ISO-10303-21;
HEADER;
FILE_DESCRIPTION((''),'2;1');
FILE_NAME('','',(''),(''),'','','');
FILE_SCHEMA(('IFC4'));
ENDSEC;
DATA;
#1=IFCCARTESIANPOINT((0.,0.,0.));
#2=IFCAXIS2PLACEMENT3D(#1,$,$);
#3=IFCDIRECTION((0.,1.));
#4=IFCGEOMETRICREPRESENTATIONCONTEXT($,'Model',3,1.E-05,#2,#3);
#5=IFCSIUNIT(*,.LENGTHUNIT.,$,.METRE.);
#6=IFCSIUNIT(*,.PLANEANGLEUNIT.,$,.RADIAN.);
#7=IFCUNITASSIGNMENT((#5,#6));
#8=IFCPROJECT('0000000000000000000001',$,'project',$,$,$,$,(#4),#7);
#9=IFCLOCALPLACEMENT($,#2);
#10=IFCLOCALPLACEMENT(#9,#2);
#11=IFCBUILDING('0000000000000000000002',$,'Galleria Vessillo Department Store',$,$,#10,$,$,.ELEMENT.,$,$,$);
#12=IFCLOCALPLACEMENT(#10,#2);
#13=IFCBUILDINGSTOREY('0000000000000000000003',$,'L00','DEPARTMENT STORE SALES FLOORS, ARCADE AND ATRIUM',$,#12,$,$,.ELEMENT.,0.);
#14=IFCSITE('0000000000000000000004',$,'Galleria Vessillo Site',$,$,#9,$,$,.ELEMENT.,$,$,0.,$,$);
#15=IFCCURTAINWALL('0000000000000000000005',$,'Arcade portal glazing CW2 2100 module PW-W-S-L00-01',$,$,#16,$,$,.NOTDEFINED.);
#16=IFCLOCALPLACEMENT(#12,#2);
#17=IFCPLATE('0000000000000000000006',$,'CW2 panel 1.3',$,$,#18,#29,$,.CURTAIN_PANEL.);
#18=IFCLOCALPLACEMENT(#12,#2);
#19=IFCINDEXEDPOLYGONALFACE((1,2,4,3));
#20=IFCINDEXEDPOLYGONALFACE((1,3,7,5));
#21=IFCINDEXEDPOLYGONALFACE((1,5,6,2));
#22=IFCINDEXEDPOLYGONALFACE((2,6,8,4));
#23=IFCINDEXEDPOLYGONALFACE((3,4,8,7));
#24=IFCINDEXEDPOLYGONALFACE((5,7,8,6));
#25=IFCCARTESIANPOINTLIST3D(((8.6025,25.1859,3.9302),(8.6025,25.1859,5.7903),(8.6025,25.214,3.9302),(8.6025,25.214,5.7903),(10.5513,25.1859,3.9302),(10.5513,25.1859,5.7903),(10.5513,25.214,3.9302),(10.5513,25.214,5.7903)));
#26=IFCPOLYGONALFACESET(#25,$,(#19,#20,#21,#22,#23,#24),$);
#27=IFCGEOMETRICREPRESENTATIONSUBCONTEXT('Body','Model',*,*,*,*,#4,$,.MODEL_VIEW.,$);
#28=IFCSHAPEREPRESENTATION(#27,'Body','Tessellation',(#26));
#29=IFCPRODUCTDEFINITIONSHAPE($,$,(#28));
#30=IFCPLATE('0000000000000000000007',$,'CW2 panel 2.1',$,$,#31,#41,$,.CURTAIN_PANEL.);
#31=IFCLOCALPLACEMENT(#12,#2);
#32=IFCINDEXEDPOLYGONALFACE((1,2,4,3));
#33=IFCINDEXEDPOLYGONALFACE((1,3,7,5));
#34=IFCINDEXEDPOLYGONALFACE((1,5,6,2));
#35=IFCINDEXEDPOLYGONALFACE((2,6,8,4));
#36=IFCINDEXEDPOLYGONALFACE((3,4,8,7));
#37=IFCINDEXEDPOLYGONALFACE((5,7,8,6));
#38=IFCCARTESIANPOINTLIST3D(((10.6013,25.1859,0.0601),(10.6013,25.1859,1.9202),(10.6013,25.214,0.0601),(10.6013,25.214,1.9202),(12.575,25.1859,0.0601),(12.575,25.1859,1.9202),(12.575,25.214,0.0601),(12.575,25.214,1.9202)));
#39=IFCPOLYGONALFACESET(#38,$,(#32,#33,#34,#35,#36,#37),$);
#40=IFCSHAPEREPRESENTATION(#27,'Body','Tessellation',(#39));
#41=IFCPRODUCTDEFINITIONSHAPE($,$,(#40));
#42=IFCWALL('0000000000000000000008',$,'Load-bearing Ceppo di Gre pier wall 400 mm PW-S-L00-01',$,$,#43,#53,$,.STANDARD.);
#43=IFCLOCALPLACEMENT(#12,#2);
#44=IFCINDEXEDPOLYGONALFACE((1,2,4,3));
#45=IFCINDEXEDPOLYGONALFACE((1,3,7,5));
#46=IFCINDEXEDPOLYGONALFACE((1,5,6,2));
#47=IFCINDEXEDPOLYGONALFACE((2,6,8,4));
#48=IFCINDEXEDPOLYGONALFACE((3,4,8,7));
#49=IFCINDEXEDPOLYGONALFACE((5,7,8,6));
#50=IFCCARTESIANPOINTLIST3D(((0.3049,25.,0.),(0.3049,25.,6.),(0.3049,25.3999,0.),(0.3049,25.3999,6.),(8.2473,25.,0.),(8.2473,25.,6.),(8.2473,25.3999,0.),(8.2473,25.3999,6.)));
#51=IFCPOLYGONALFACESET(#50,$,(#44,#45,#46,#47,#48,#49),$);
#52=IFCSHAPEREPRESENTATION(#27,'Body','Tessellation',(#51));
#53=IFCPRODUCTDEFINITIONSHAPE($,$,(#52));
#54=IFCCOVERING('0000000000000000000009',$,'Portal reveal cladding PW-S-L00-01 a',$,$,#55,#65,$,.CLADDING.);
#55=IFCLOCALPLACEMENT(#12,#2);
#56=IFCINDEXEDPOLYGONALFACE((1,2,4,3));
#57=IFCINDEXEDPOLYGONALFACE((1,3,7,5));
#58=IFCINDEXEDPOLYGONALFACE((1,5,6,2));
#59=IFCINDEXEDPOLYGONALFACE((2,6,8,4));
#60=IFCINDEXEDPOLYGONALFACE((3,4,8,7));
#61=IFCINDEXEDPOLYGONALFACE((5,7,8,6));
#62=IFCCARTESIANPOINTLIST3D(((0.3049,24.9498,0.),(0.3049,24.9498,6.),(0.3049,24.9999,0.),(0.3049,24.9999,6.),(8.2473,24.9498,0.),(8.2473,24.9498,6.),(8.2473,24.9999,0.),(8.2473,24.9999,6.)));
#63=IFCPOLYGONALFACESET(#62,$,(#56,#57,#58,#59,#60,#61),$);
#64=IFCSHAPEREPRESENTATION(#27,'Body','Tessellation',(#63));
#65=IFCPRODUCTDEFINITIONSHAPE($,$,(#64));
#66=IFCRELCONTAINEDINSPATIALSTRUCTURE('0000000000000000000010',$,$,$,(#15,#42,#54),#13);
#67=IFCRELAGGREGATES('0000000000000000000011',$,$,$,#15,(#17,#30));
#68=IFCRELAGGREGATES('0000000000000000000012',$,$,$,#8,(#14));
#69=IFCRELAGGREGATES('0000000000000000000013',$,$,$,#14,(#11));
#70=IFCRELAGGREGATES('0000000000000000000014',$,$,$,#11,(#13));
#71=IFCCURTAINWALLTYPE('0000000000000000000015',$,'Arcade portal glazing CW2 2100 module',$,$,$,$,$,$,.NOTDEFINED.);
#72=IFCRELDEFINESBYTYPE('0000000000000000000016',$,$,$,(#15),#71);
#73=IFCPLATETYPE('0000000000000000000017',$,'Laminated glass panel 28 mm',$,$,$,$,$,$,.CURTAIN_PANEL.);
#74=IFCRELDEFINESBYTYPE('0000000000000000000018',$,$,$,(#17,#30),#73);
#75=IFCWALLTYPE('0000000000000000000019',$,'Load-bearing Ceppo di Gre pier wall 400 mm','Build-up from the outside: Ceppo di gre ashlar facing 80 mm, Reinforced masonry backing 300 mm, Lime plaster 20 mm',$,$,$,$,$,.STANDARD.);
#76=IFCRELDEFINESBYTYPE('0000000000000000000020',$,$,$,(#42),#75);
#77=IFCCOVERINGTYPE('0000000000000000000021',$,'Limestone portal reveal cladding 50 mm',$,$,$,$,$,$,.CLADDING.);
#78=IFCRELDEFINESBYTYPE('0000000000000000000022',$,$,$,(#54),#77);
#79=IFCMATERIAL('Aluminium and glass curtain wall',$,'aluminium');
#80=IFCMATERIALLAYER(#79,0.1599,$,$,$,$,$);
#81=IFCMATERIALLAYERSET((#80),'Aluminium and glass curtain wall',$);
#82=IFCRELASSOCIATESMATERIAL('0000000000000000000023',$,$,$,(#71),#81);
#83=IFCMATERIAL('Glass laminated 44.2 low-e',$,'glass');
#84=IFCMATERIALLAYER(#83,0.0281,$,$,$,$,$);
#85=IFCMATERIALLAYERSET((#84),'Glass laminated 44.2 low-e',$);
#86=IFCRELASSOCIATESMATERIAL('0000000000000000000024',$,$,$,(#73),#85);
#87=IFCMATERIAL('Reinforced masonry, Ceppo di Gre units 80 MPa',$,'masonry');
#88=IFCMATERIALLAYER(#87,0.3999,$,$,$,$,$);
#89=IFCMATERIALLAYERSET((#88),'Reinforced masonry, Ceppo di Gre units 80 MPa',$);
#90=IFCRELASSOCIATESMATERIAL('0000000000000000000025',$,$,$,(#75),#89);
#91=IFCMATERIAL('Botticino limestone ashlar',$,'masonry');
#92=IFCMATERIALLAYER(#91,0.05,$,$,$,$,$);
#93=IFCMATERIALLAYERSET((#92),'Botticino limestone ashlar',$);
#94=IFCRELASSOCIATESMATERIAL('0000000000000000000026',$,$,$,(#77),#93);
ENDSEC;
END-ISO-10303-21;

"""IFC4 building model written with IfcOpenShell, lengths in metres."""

from ifc_helpers import new_model, si_unit, direction, frame, frame_2d, origin, origin_2d, place, context, subcontext, project, spatial, rectangle, extrude, material, layer, layer_set, type_object, element, aggregate, save


model = new_model("IFC4")

# Units and contexts
model_context = context("Model", 3, precision=1e-05, world=origin(), true_north=direction((0.0, 1.0)))
body_context = subcontext(model_context, "Body", "Model", "MODEL_VIEW")
ifc_project = project(units=[si_unit("LENGTHUNIT", "METRE"), si_unit("PLANEANGLEUNIT", "RADIAN")], contexts=[model_context])

# Site, building, storey
site_placement = place(None, origin())
site = spatial("IfcSite", under=ifc_project, at=site_placement, Name="Galleria Vessillo Site", CompositionType="ELEMENT", RefElevation=0.0)
building_placement = place(site_placement, origin())
building = spatial("IfcBuilding", under=site, at=building_placement, Name="Galleria Vessillo Department Store", CompositionType="ELEMENT")
storey_placement = place(building_placement, origin())
storey = spatial("IfcBuildingStorey", under=building, at=storey_placement, Name="L00", Description="DEPARTMENT STORE SALES FLOORS, ARCADE AND ATRIUM", CompositionType="ELEMENT", Elevation=0.0)

# Curtain wall
ifc_material_1 = material(Name="Aluminium and glass curtain wall", Category="aluminium")
ifc_layer_1 = layer(ifc_material_1, 0.1599)
ifc_layer_set_1 = layer_set([ifc_layer_1], Name="Aluminium and glass curtain wall")
curtain_wall_type = type_object("IfcCurtainWallType", Name="Arcade portal glazing CW2 2100 module", PredefinedType="NOTDEFINED", material=ifc_layer_set_1)
curtain_wall_placement = place(storey_placement, origin())
curtain_wall = element("IfcCurtainWall", 1, at=curtain_wall_placement, inside=storey, type_object=curtain_wall_type, Name="Arcade portal glazing CW2 2100 module PW-W-S-L00-01", PredefinedType="NOTDEFINED")

# Plates
ifc_material_2 = material(Name="Glass laminated 44.2 low-e", Category="glass")
ifc_layer_2 = layer(ifc_material_2, 0.0281)
ifc_layer_set_2 = layer_set([ifc_layer_2], Name="Glass laminated 44.2 low-e")
plate_type = type_object("IfcPlateType", Name="Laminated glass panel 28 mm", PredefinedType="CURTAIN_PANEL", material=ifc_layer_set_2)
plate_1_placement = place(storey_placement, frame((9.5769, 25.2, 3.9302), z_axis=(0.0, 0.0, 1.0), x_axis=(1.0, 0.0, 0.0)))
plate_1 = element("IfcPlate", 2, at=plate_1_placement, type_object=plate_type, Name="CW2 panel 1.3", PredefinedType="CURTAIN_PANEL", context=body_context, shape_type="SweptSolid", body=[
    extrude(rectangle(XDim=1.9487, YDim=0.0281, at=origin_2d()), origin(), (0.0, 0.0, 1.0), 1.8601),
])
plate_2_placement = place(storey_placement, frame((11.5881, 25.2, 0.0601), z_axis=(0.0, 0.0, 1.0), x_axis=(1.0, 0.0, 0.0)))
plate_2 = element("IfcPlate", 3, at=plate_2_placement, type_object=plate_type, Name="CW2 panel 2.1", PredefinedType="CURTAIN_PANEL", context=body_context, shape_type="SweptSolid", body=[
    extrude(rectangle(XDim=1.9736, YDim=0.0281, at=origin_2d()), origin(), (0.0, 0.0, 1.0), 1.8601),
])
aggregate(curtain_wall, [plate_1, plate_2])

# Wall
ifc_material_3 = material(Name="Reinforced masonry, Ceppo di Gre units 80 MPa", Category="masonry")
ifc_layer_3 = layer(ifc_material_3, 0.3999)
ifc_layer_set_3 = layer_set([ifc_layer_3], Name="Reinforced masonry, Ceppo di Gre units 80 MPa")
wall_type = type_object("IfcWallType", Name="Load-bearing Ceppo di Gre pier wall 400 mm", Description="Build-up from the outside: Ceppo di gre ashlar facing 80 mm, Reinforced masonry backing 300 mm, Lime plaster 20 mm", PredefinedType="STANDARD", material=ifc_layer_set_3)
wall_placement = place(storey_placement, frame((0.3049, 25.2, 0.0), z_axis=(0.0, 0.0, 1.0), x_axis=(1.0, 0.0, 0.0)))
element("IfcWall", 4, at=wall_placement, inside=storey, type_object=wall_type, Name="Load-bearing Ceppo di Gre pier wall 400 mm PW-S-L00-01", PredefinedType="STANDARD", context=body_context, shape_type="SweptSolid", body=[
    extrude(rectangle(XDim=7.9424, YDim=0.3999, at=frame_2d((3.9712, 0.0))), origin(), (0.0, 0.0, 1.0), 6.0),
])

# Covering
ifc_material_4 = material(Name="Botticino limestone ashlar", Category="masonry")
ifc_layer_4 = layer(ifc_material_4, 0.05)
ifc_layer_set_4 = layer_set([ifc_layer_4], Name="Botticino limestone ashlar")
covering_type = type_object("IfcCoveringType", Name="Limestone portal reveal cladding 50 mm", PredefinedType="CLADDING", material=ifc_layer_set_4)
covering_placement = place(storey_placement, frame((4.2761, 24.9749, 0.0), z_axis=(0.0, 0.0, 1.0), x_axis=(1.0, 0.0, 0.0)))
element("IfcCovering", 5, at=covering_placement, inside=storey, type_object=covering_type, Name="Portal reveal cladding PW-S-L00-01 a", PredefinedType="CLADDING", context=body_context, shape_type="SweptSolid", body=[
    extrude(rectangle(XDim=7.9424, YDim=0.05, at=origin_2d()), origin(), (0.0, 0.0, 1.0), 6.0),
])

save(model, "model.ifc")
